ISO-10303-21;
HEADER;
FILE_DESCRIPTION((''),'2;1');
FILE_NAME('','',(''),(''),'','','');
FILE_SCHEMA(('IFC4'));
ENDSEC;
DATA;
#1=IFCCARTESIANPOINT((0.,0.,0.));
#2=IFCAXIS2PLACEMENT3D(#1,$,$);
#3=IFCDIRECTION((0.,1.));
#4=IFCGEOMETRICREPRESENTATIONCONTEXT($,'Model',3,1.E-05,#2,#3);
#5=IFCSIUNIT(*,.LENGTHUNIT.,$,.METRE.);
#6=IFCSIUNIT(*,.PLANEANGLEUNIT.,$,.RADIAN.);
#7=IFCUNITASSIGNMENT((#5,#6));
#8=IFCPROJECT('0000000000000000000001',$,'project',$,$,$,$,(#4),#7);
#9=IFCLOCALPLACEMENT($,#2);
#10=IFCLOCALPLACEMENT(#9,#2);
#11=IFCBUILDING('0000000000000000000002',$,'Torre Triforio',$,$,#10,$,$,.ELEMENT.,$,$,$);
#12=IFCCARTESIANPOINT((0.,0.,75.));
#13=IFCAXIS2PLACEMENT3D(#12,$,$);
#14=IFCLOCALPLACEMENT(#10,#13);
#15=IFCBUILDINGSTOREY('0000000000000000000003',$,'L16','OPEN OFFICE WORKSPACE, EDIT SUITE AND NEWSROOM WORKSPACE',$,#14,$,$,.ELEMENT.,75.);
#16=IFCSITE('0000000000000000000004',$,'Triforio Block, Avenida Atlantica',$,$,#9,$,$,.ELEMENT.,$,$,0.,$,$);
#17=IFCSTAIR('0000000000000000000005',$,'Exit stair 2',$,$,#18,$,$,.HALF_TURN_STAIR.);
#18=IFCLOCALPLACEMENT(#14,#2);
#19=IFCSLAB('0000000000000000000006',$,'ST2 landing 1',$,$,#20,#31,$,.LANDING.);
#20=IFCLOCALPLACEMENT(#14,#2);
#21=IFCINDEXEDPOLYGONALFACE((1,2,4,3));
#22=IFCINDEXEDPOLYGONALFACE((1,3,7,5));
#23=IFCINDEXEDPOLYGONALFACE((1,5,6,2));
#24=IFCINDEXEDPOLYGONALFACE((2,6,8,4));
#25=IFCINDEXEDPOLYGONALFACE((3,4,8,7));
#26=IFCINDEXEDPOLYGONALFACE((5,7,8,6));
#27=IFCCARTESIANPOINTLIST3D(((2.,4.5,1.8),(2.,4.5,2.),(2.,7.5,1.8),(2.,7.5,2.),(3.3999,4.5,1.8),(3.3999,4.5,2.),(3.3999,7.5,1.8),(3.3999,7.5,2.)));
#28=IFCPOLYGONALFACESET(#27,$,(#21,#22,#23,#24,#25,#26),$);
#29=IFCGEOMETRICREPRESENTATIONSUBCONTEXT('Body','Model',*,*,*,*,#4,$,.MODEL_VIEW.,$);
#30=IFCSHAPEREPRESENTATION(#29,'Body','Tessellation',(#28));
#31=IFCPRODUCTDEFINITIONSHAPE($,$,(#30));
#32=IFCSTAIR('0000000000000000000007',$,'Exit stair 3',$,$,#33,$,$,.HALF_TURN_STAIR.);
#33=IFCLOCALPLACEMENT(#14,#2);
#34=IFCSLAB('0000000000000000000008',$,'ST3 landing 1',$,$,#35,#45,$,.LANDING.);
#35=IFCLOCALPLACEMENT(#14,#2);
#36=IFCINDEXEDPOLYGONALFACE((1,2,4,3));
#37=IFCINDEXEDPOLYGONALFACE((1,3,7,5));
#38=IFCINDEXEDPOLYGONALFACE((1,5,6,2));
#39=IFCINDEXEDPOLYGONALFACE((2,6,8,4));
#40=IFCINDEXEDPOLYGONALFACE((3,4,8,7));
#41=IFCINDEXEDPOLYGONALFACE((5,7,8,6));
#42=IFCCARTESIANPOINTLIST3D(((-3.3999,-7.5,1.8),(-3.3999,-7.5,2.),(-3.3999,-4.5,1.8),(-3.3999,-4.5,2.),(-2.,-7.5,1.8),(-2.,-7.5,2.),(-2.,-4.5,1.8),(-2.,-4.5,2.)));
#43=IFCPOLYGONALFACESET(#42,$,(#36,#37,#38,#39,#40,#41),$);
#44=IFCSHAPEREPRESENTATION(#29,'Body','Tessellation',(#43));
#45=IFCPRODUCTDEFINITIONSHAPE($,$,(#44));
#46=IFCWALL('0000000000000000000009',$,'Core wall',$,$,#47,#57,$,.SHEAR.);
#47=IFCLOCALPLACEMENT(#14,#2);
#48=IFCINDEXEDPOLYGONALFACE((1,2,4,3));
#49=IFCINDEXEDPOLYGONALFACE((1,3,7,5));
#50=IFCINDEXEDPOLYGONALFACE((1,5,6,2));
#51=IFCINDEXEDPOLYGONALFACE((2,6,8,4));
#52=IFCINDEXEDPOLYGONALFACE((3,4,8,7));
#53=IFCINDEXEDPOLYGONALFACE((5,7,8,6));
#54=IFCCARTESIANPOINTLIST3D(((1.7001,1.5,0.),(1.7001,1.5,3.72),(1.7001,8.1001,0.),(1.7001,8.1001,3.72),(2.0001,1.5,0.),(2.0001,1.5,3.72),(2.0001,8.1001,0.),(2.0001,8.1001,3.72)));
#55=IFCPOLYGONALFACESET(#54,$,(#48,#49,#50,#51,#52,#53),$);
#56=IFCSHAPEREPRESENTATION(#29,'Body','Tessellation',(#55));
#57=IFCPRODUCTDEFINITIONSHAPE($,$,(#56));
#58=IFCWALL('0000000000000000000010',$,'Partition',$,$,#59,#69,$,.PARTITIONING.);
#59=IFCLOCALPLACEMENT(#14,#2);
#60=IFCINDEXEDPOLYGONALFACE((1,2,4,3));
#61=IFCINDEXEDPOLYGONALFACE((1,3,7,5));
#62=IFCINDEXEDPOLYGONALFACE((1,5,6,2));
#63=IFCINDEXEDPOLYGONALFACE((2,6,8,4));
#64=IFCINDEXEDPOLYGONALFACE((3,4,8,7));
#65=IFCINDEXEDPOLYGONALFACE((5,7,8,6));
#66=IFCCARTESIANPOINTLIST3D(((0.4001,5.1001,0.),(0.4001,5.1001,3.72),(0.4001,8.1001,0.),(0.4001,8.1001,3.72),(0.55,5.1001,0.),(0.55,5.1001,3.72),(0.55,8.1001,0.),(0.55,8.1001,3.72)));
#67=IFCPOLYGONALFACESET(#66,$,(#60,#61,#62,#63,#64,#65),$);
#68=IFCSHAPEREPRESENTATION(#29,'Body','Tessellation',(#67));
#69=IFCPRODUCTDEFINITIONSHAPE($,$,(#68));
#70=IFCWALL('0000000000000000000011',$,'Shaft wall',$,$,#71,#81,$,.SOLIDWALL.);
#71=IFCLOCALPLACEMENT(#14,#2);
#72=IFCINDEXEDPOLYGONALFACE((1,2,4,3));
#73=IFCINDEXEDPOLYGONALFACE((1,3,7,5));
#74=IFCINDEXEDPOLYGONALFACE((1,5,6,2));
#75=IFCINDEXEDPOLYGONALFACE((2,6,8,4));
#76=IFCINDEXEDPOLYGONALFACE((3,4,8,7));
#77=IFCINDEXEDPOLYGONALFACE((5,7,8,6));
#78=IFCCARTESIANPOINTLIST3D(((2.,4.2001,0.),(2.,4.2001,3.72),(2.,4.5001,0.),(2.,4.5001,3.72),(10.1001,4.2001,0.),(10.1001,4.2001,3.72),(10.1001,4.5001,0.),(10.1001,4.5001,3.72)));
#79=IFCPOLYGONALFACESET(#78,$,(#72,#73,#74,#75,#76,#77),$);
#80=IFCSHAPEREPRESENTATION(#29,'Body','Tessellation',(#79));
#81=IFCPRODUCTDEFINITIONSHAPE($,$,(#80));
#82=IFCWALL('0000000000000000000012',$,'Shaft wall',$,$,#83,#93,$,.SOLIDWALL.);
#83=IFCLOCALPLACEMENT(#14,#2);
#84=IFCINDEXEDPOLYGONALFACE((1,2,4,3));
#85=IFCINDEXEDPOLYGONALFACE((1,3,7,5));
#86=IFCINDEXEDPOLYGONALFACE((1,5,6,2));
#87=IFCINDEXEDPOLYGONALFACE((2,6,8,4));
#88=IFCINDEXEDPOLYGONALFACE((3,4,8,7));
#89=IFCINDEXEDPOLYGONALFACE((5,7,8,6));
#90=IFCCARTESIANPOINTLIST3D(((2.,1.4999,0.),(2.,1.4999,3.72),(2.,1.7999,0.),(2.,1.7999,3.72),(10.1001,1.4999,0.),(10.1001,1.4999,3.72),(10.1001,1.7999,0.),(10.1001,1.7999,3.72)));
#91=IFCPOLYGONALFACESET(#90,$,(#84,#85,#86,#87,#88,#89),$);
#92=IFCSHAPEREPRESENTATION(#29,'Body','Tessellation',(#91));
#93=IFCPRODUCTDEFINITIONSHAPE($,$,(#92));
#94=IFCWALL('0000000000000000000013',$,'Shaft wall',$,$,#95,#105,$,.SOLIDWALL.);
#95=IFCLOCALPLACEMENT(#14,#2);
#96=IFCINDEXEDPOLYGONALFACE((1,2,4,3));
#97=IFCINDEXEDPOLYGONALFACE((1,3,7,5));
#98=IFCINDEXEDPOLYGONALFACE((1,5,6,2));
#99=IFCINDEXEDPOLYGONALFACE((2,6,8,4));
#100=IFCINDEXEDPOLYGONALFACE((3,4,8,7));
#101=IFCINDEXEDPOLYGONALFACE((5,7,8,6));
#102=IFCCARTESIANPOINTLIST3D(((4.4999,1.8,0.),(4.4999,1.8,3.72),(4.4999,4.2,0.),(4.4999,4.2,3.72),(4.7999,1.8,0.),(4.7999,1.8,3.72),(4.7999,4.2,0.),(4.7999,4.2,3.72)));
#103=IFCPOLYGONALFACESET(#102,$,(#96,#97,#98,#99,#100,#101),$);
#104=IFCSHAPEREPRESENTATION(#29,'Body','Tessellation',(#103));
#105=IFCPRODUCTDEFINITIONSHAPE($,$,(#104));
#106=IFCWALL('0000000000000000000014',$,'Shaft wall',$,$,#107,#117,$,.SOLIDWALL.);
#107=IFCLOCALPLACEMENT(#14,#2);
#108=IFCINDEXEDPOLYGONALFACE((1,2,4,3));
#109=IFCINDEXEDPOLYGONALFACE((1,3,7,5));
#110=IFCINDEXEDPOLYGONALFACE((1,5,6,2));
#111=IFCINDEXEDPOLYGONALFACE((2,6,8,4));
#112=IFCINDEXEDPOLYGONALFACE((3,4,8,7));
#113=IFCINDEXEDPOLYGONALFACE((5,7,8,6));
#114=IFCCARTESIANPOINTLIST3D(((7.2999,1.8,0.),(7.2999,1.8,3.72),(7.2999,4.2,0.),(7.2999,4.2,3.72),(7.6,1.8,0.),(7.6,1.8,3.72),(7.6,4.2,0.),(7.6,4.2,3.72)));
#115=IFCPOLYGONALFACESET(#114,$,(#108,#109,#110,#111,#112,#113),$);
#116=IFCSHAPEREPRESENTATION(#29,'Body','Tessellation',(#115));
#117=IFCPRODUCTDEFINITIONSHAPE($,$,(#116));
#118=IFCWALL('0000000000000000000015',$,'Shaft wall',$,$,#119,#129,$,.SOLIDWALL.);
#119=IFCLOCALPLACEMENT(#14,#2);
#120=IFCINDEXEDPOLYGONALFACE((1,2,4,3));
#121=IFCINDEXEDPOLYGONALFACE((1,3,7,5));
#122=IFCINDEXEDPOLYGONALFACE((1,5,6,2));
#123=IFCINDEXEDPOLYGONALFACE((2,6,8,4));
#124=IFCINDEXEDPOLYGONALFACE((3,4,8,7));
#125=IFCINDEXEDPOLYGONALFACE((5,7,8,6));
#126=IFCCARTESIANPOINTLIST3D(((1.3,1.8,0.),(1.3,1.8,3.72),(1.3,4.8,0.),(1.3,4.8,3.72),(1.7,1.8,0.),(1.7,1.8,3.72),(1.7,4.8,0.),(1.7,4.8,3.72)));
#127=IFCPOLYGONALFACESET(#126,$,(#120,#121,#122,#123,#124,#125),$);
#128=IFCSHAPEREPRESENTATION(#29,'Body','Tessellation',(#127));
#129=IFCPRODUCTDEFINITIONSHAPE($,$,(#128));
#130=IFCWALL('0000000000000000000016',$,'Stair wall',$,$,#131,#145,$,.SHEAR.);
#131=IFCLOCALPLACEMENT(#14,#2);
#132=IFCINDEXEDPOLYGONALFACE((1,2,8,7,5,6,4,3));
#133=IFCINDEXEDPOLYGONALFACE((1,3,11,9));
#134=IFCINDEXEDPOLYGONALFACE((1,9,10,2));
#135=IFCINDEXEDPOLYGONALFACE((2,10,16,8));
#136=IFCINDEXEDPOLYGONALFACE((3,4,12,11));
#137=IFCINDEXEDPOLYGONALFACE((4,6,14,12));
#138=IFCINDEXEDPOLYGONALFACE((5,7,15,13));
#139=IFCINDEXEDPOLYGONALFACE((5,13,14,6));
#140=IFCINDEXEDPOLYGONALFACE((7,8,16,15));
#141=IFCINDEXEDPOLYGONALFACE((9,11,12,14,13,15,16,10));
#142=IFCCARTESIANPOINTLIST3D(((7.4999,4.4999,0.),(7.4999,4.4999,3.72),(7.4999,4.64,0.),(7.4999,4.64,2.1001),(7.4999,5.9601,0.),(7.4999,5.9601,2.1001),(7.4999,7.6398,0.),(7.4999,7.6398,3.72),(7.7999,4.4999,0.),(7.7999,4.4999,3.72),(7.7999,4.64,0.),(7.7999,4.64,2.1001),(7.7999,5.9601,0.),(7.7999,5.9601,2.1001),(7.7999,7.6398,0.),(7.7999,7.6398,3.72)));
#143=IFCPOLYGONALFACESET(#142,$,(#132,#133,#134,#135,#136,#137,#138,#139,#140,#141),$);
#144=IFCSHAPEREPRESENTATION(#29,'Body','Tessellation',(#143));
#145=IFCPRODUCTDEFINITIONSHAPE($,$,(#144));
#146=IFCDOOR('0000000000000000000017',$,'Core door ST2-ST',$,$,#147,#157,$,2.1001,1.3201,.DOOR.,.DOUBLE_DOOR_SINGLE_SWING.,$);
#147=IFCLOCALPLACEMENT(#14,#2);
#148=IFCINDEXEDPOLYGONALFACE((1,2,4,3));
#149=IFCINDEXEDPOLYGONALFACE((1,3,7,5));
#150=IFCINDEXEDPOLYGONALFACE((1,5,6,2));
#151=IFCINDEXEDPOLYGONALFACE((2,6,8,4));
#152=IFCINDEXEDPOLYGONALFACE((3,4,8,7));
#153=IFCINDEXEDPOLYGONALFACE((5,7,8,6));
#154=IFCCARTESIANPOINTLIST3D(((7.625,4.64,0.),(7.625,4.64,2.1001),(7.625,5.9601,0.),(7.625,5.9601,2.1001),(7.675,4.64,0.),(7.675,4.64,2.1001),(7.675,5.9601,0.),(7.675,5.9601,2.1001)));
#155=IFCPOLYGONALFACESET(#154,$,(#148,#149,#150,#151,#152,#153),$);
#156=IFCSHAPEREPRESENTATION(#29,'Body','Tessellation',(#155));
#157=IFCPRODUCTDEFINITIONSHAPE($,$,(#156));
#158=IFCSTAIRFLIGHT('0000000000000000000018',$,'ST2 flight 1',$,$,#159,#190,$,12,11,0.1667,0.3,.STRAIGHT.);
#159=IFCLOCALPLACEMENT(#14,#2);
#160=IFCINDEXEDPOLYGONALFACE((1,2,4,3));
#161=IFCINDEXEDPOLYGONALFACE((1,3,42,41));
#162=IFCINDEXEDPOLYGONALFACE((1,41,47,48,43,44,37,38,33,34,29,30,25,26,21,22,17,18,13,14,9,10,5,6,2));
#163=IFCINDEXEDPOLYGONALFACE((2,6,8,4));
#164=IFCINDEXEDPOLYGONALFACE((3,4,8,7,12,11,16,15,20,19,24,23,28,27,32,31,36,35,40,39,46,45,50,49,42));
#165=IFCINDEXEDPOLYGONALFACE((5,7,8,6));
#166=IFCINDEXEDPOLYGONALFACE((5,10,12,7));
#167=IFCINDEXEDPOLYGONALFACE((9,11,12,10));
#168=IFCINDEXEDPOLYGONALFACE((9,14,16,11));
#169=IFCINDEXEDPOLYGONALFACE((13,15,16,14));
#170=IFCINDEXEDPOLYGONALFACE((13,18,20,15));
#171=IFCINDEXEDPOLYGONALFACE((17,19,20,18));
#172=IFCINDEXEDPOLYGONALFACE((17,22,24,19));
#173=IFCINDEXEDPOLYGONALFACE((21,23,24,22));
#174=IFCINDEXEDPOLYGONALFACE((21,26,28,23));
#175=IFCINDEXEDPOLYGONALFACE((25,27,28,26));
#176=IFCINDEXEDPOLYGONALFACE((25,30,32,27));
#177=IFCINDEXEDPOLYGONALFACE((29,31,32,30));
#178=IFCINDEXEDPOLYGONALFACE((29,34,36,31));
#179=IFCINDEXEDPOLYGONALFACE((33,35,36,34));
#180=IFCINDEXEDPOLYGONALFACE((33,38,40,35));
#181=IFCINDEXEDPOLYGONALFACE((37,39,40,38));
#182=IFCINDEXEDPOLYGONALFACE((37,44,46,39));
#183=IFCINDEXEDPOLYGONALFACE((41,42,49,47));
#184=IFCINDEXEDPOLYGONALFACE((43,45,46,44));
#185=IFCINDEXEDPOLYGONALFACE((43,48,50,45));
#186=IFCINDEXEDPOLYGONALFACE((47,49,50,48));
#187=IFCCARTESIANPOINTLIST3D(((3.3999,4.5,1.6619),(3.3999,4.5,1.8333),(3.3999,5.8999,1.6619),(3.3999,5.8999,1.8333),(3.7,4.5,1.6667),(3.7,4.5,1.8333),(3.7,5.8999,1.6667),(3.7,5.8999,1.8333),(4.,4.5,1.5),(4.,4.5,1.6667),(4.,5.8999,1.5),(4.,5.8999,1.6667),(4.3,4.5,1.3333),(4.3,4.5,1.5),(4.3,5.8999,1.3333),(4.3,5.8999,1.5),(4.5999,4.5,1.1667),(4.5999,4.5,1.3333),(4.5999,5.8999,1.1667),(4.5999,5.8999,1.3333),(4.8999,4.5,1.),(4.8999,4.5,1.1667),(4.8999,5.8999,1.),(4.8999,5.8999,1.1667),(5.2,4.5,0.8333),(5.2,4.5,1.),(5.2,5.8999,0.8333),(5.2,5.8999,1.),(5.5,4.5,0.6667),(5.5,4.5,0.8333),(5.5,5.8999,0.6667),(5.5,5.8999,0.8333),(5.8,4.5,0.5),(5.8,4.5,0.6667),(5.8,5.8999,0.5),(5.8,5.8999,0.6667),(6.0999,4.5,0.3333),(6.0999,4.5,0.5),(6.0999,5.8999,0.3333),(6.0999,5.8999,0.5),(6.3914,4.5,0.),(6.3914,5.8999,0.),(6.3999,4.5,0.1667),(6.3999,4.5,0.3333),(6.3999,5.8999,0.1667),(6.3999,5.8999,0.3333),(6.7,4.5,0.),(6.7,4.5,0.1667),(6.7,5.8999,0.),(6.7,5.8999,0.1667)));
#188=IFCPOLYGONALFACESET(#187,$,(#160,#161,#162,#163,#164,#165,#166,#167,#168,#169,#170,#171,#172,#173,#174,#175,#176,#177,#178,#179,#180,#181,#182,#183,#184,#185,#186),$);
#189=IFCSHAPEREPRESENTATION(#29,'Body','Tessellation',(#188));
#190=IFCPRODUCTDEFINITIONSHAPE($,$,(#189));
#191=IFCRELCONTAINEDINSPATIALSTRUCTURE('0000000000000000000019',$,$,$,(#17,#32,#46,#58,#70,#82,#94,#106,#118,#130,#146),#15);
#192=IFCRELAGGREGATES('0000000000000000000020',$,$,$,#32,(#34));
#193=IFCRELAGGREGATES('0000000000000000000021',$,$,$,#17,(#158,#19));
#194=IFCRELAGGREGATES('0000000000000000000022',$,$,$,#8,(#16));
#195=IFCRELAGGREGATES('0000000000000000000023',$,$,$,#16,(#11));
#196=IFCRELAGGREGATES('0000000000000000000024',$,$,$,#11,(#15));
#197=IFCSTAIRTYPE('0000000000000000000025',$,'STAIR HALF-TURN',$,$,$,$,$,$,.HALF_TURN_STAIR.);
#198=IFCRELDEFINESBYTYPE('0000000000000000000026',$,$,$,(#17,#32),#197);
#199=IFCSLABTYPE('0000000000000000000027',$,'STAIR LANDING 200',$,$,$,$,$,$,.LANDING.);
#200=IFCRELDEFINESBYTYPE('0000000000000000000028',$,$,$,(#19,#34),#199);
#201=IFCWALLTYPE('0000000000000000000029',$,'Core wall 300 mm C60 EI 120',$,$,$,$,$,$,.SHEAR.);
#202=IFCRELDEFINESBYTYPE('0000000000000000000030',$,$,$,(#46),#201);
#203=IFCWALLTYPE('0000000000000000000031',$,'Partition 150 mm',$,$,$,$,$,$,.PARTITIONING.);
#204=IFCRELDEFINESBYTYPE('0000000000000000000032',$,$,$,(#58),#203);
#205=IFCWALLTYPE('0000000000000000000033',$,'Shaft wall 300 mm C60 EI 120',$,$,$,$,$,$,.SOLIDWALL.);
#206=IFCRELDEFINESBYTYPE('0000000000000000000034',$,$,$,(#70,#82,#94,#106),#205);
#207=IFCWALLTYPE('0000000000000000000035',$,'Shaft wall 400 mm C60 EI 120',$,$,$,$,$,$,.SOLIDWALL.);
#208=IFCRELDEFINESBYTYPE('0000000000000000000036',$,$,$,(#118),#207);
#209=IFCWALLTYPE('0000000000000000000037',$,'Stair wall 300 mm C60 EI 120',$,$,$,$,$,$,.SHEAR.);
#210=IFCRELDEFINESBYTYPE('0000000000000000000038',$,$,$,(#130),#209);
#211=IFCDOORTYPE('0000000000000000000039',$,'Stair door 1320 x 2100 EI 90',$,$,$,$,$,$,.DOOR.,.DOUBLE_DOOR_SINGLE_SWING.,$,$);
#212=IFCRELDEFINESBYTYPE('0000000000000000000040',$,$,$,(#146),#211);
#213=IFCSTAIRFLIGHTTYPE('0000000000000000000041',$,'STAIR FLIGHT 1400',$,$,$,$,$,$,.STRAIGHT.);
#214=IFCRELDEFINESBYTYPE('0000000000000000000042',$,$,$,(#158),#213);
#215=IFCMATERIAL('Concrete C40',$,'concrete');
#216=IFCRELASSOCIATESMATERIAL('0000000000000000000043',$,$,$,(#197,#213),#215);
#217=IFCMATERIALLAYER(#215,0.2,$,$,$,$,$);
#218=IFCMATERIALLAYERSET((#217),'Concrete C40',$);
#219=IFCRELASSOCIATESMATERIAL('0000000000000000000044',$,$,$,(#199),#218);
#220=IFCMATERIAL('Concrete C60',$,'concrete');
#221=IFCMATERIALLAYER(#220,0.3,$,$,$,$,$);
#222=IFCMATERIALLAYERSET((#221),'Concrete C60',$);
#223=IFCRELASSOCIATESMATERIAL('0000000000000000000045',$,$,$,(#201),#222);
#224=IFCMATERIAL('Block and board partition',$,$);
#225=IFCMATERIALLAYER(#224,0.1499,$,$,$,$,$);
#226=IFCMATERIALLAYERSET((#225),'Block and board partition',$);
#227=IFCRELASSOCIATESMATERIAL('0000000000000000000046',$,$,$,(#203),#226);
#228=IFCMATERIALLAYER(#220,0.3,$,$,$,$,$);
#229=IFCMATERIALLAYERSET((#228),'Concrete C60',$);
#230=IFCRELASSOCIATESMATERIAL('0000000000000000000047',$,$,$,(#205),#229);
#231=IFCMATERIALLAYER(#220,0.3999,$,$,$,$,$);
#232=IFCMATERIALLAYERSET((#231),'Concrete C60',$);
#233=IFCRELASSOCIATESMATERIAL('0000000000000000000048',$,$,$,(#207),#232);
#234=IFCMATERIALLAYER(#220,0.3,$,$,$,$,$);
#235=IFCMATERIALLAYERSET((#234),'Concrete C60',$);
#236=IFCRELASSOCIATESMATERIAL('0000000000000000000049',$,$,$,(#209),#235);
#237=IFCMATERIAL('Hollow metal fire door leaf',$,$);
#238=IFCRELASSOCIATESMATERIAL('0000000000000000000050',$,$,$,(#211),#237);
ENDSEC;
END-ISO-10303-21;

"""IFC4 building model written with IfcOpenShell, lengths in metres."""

from ifc_helpers import new_model, si_unit, direction, frame, frame_2d, origin, place, context, subcontext, project, spatial, polyline, rectangle, outline, extrude, material, layer, layer_set, type_object, element, fill, aggregate, save


model = new_model("IFC4")

# Units and contexts
model_context = context("Model", 3, precision=1e-05, world=origin(), true_north=direction((0.0, 1.0)))
body_context = subcontext(model_context, "Body", "Model", "MODEL_VIEW")
ifc_project = project(units=[si_unit("LENGTHUNIT", "METRE"), si_unit("PLANEANGLEUNIT", "RADIAN")], contexts=[model_context])

# Site, building, storey
site_placement = place(None, origin())
site = spatial("IfcSite", under=ifc_project, at=site_placement, Name="Triforio Block, Avenida Atlantica", CompositionType="ELEMENT", RefElevation=0.0)
building_placement = place(site_placement, origin())
building = spatial("IfcBuilding", under=site, at=building_placement, Name="Torre Triforio", CompositionType="ELEMENT")
storey_placement = place(building_placement, frame((0.0, 0.0, 75.0)))
storey = spatial("IfcBuildingStorey", under=building, at=storey_placement, Name="L16", Description="OPEN OFFICE WORKSPACE, EDIT SUITE AND NEWSROOM WORKSPACE", CompositionType="ELEMENT", Elevation=75.0)

# Stairs, slabs
ifc_material_1 = material(Name="Concrete C40", Category="concrete")
stair_type = type_object("IfcStairType", Name="STAIR HALF-TURN", PredefinedType="HALF_TURN_STAIR", material=ifc_material_1)
stair_1_placement = place(storey_placement, origin())
stair_1 = element("IfcStair", 1, at=stair_1_placement, inside=storey, type_object=stair_type, Name="Exit stair 2", PredefinedType="HALF_TURN_STAIR")
ifc_layer_1 = layer(ifc_material_1, 0.2)
ifc_layer_set_1 = layer_set([ifc_layer_1], Name="Concrete C40")
slab_type = type_object("IfcSlabType", Name="STAIR LANDING 200", PredefinedType="LANDING", material=ifc_layer_set_1)
slab_1_placement = place(storey_placement, frame((0.0, 0.0, 1.8)))
slab_1 = element("IfcSlab", 2, at=slab_1_placement, type_object=slab_type, Name="ST2 landing 1", PredefinedType="LANDING", context=body_context, shape_type="SweptSolid", body=[
    extrude(outline(polyline([(3.3999, 4.5), (3.3999, 7.5), (2.0, 7.5), (2.0, 4.5), (3.3999, 4.5)])), origin(), (0.0, 0.0, 1.0), 0.2),
])
stair_2_placement = place(storey_placement, origin())
stair_2 = element("IfcStair", 3, at=stair_2_placement, inside=storey, type_object=stair_type, Name="Exit stair 3", PredefinedType="HALF_TURN_STAIR")
slab_2_placement = place(storey_placement, frame((0.0, 0.0, 1.8)))
slab_2 = element("IfcSlab", 4, at=slab_2_placement, type_object=slab_type, Name="ST3 landing 1", PredefinedType="LANDING", context=body_context, shape_type="SweptSolid", body=[
    extrude(outline(polyline([(-2.0, -7.5), (-2.0, -4.5), (-3.3999, -4.5), (-3.3999, -7.5), (-2.0, -7.5)])), origin(), (0.0, 0.0, 1.0), 0.2),
])
aggregate(stair_2, [slab_2])

# Walls
ifc_material_2 = material(Name="Concrete C60", Category="concrete")
ifc_layer_2 = layer(ifc_material_2, 0.3)
ifc_layer_set_2 = layer_set([ifc_layer_2], Name="Concrete C60")
wall_type_1 = type_object("IfcWallType", Name="Core wall 300 mm C60 EI 120", PredefinedType="SHEAR", material=ifc_layer_set_2)
wall_1_placement = place(storey_placement, frame((1.8501, 1.5, 0.0), z_axis=(0.0, 0.0, 1.0), x_axis=(0.0, 1.0, 0.0)))
element("IfcWall", 5, at=wall_1_placement, inside=storey, type_object=wall_type_1, Name="Core wall", PredefinedType="SHEAR", context=body_context, shape_type="SweptSolid", body=[
    extrude(rectangle(XDim=6.6001, YDim=0.3, at=frame_2d((3.3, 0.0))), origin(), (0.0, 0.0, 1.0), 3.72),
])
ifc_material_3 = material(Name="Block and board partition")
ifc_layer_3 = layer(ifc_material_3, 0.1499)
ifc_layer_set_3 = layer_set([ifc_layer_3], Name="Block and board partition")
wall_type_2 = type_object("IfcWallType", Name="Partition 150 mm", PredefinedType="PARTITIONING", material=ifc_layer_set_3)
wall_2_placement = place(storey_placement, frame((0.4751, 5.1001, 0.0), z_axis=(0.0, 0.0, 1.0), x_axis=(0.0, 1.0, 0.0)))
element("IfcWall", 6, at=wall_2_placement, inside=storey, type_object=wall_type_2, Name="Partition", PredefinedType="PARTITIONING", context=body_context, shape_type="SweptSolid", body=[
    extrude(rectangle(XDim=3.0, YDim=0.1499, at=frame_2d((1.5, 0.0))), origin(), (0.0, 0.0, 1.0), 3.72),
])
ifc_layer_4 = layer(ifc_material_2, 0.3)
ifc_layer_set_4 = layer_set([ifc_layer_4], Name="Concrete C60")
wall_type_3 = type_object("IfcWallType", Name="Shaft wall 300 mm C60 EI 120", PredefinedType="SOLIDWALL", material=ifc_layer_set_4)
for number, where, z_axis, x_axis, name in (
    (7, (2.0, 4.3501, 0.0), (0.0, 0.0, 1.0), (1.0, 0.0, 0.0), "Shaft wall"),
    (8, (2.0, 1.6499, 0.0), (0.0, 0.0, 1.0), (1.0, 0.0, 0.0), "Shaft wall"),
):
    element("IfcWall", number, at=place(storey_placement, frame(where, z_axis=z_axis, x_axis=x_axis)), inside=storey, type_object=wall_type_3, Name=name, PredefinedType="SOLIDWALL", context=body_context, shape_type="SweptSolid", body=[
        extrude(rectangle(XDim=8.1001, YDim=0.3, at=frame_2d((4.05, 0.0))), origin(), (0.0, 0.0, 1.0), 3.72),
    ])
for number, where, z_axis, x_axis, name in (
    (9, (4.6499, 1.8, 0.0), (0.0, 0.0, 1.0), (0.0, 1.0, 0.0), "Shaft wall"),
    (10, (7.45, 1.8, 0.0), (0.0, 0.0, 1.0), (0.0, 1.0, 0.0), "Shaft wall"),
):
    element("IfcWall", number, at=place(storey_placement, frame(where, z_axis=z_axis, x_axis=x_axis)), inside=storey, type_object=wall_type_3, Name=name, PredefinedType="SOLIDWALL", context=body_context, shape_type="SweptSolid", body=[
        extrude(rectangle(XDim=2.3999, YDim=0.3, at=frame_2d((1.2, 0.0))), origin(), (0.0, 0.0, 1.0), 3.72),
    ])
ifc_layer_5 = layer(ifc_material_2, 0.3999)
ifc_layer_set_5 = layer_set([ifc_layer_5], Name="Concrete C60")
wall_type_4 = type_object("IfcWallType", Name="Shaft wall 400 mm C60 EI 120", PredefinedType="SOLIDWALL", material=ifc_layer_set_5)
wall_3_placement = place(storey_placement, frame((1.5, 1.8, 0.0), z_axis=(0.0, 0.0, 1.0), x_axis=(0.0, 1.0, 0.0)))
element("IfcWall", 11, at=wall_3_placement, inside=storey, type_object=wall_type_4, Name="Shaft wall", PredefinedType="SOLIDWALL", context=body_context, shape_type="SweptSolid", body=[
    extrude(rectangle(XDim=3.0, YDim=0.3999, at=frame_2d((1.5, 0.0))), origin(), (0.0, 0.0, 1.0), 3.72),
])

# Wall, opening, door
ifc_layer_6 = layer(ifc_material_2, 0.3)
ifc_layer_set_6 = layer_set([ifc_layer_6], Name="Concrete C60")
wall_type_5 = type_object("IfcWallType", Name="Stair wall 300 mm C60 EI 120", PredefinedType="SHEAR", material=ifc_layer_set_6)
wall_4_placement = place(storey_placement, frame((7.6499, 4.5, 0.0), z_axis=(0.0, 0.0, 1.0), x_axis=(0.0, 1.0, 0.0)))
wall_4 = element("IfcWall", 12, at=wall_4_placement, inside=storey, type_object=wall_type_5, Name="Stair wall", PredefinedType="SHEAR", context=body_context, shape_type="SweptSolid", body=[
    extrude(rectangle(XDim=3.1399, YDim=0.3, at=frame_2d((1.5698, 0.0))), origin(), (0.0, 0.0, 1.0), 3.72),
])
opening_placement = place(wall_4_placement, frame((0.1399, 0.0, 0.0)))
opening = element("IfcOpeningElement", 13, at=opening_placement, cuts=wall_4, PredefinedType="OPENING", context=body_context, shape_type="SweptSolid", body=[
    extrude(rectangle(XDim=1.3201, YDim=2.1001, at=frame_2d((0.6602, 1.05))), frame((0.0, 0.1599, 0.0), z_axis=(0.0, -1.0, 0.0), x_axis=(1.0, 0.0, 0.0)), (0.0, 0.0, 1.0), 0.3201),
])
ifc_material_4 = material(Name="Hollow metal fire door leaf")
door_type = type_object("IfcDoorType", Name="Stair door 1320 x 2100 EI 90", OperationType="DOUBLE_DOOR_SINGLE_SWING", PredefinedType="DOOR", material=ifc_material_4)
door_placement = place(opening_placement, origin())
door = element("IfcDoor", 14, at=door_placement, inside=storey, type_object=door_type, Name="Core door ST2-ST", OperationType="DOUBLE_DOOR_SINGLE_SWING", OverallHeight=2.1001, OverallWidth=1.3201, PredefinedType="DOOR", context=body_context, shape_type="SweptSolid", body=[
    extrude(rectangle(XDim=1.3201, YDim=2.1001, at=frame_2d((0.6602, 1.05))), frame((0.0, 0.0249, 0.0), z_axis=(0.0, -1.0, 0.0), x_axis=(1.0, 0.0, 0.0)), (0.0, 0.0, 1.0), 0.05),
])
fill(opening, door)

# Stair flight
stair_flight_type = type_object("IfcStairFlightType", Name="STAIR FLIGHT 1400", PredefinedType="STRAIGHT", material=ifc_material_1)
stair_flight_1_placement = place(storey_placement, frame((6.7, 5.2, 0.0), z_axis=(0.0, 0.0, 1.0), x_axis=(-1.0, 0.0, 0.0)))
stair_flight_1 = element("IfcStairFlight", 15, at=stair_flight_1_placement, type_object=stair_flight_type, Name="ST2 flight 1", NumberOfRisers=12, NumberOfTreads=11, PredefinedType="STRAIGHT", RiserHeight=0.1667, TreadLength=0.3, context=body_context, shape_type="SweptSolid", body=[
    extrude(outline(polyline([(0.0, 0.0), (0.0, 0.1667), (0.3, 0.1667), (0.3, 0.3333), (0.6001, 0.3333), (0.6001, 0.5), (0.8999, 0.5), (0.8999, 0.6667), (1.2, 0.6667), (1.2, 0.8333), (1.5, 0.8333), (1.5, 1.0), (1.8, 1.0), (1.8, 1.1667), (2.1001, 1.1667), (2.1001, 1.3333), (2.3999, 1.3333), (2.3999, 1.5), (2.7, 1.5), (2.7, 1.6667), (3.0, 1.6667), (3.0, 1.8333), (3.3, 1.8333), (3.3, 2.0), (3.3, 1.6619), (0.3086, 0.0), (0.0, 0.0)])), frame((0.0, 0.7, 0.0), z_axis=(0.0, -1.0, 0.0), x_axis=(1.0, 0.0, 0.0)), (0.0, 0.0, 1.0), 1.3999),
])
aggregate(stair_1, [stair_flight_1, slab_1])

save(model, "model.ifc")
